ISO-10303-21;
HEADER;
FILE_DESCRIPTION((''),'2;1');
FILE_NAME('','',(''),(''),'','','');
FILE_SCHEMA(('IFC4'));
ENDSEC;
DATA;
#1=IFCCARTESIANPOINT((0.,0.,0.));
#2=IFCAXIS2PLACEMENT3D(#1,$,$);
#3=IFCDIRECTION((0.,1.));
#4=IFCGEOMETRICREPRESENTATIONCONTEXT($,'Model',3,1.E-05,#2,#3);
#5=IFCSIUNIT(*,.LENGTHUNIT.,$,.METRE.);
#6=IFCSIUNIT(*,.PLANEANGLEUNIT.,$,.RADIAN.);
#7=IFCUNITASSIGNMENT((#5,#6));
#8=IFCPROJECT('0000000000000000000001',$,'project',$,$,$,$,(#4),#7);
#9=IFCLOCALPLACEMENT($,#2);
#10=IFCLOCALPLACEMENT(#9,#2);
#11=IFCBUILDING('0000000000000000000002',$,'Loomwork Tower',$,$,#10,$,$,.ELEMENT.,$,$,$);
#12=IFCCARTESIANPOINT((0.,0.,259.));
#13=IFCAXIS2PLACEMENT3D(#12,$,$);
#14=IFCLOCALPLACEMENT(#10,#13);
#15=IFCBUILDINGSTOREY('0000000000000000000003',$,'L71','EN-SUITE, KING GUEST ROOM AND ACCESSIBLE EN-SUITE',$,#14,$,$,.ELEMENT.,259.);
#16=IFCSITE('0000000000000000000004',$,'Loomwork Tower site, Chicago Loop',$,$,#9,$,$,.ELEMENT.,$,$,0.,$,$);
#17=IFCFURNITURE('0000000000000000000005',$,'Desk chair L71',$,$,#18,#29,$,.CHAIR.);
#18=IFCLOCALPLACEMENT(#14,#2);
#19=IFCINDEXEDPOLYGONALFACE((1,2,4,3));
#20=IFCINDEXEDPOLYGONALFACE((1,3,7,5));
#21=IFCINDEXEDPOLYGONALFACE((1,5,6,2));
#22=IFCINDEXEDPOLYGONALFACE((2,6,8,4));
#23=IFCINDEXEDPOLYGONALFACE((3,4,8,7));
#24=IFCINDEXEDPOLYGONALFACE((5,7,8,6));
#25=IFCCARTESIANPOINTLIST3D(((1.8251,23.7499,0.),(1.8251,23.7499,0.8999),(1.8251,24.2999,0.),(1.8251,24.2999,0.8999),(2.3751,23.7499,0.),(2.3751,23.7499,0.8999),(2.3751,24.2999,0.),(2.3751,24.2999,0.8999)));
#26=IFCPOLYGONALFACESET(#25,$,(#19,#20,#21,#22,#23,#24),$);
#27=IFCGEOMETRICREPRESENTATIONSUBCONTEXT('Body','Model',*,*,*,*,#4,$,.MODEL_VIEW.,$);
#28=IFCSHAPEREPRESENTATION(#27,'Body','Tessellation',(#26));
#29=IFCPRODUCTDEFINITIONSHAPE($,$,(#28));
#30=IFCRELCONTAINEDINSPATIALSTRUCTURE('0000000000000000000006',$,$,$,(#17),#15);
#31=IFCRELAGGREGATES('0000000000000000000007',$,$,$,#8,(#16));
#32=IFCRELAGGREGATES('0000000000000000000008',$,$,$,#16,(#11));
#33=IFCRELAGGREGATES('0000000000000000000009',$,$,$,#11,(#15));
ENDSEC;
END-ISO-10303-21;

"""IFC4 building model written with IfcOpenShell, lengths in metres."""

from ifc_helpers import new_model, si_unit, direction, frame, origin, origin_2d, place, context, subcontext, project, spatial, rectangle, extrude, element, save


model = new_model("IFC4")

# Units and contexts
model_context = context("Model", 3, precision=1e-05, world=origin(), true_north=direction((0.0, 1.0)))
body_context = subcontext(model_context, "Body", "Model", "MODEL_VIEW")
ifc_project = project(units=[si_unit("LENGTHUNIT", "METRE"), si_unit("PLANEANGLEUNIT", "RADIAN")], contexts=[model_context])

# Site, building, storey
site_placement = place(None, origin())
site = spatial("IfcSite", under=ifc_project, at=site_placement, Name="Loomwork Tower site, Chicago Loop", CompositionType="ELEMENT", RefElevation=0.0)
building_placement = place(site_placement, origin())
building = spatial("IfcBuilding", under=site, at=building_placement, Name="Loomwork Tower", CompositionType="ELEMENT")
storey_placement = place(building_placement, frame((0.0, 0.0, 259.0)))
storey = spatial("IfcBuildingStorey", under=building, at=storey_placement, Name="L71", Description="EN-SUITE, KING GUEST ROOM AND ACCESSIBLE EN-SUITE", CompositionType="ELEMENT", Elevation=259.0)

# Furniture
furniture_1_placement = place(storey_placement, frame((2.1001, 24.0249, 0.0), z_axis=(0.0, 0.0, 1.0), x_axis=(1.0, 0.0, 0.0)))
element("IfcFurniture", 1, at=furniture_1_placement, inside=storey, Name="Desk chair L71", PredefinedType="CHAIR", context=body_context, shape_type="SweptSolid", body=[
    extrude(rectangle(XDim=0.55, YDim=0.55, at=origin_2d()), origin(), (0.0, 0.0, 1.0), 0.8999),
])

save(model, "model.ifc")
